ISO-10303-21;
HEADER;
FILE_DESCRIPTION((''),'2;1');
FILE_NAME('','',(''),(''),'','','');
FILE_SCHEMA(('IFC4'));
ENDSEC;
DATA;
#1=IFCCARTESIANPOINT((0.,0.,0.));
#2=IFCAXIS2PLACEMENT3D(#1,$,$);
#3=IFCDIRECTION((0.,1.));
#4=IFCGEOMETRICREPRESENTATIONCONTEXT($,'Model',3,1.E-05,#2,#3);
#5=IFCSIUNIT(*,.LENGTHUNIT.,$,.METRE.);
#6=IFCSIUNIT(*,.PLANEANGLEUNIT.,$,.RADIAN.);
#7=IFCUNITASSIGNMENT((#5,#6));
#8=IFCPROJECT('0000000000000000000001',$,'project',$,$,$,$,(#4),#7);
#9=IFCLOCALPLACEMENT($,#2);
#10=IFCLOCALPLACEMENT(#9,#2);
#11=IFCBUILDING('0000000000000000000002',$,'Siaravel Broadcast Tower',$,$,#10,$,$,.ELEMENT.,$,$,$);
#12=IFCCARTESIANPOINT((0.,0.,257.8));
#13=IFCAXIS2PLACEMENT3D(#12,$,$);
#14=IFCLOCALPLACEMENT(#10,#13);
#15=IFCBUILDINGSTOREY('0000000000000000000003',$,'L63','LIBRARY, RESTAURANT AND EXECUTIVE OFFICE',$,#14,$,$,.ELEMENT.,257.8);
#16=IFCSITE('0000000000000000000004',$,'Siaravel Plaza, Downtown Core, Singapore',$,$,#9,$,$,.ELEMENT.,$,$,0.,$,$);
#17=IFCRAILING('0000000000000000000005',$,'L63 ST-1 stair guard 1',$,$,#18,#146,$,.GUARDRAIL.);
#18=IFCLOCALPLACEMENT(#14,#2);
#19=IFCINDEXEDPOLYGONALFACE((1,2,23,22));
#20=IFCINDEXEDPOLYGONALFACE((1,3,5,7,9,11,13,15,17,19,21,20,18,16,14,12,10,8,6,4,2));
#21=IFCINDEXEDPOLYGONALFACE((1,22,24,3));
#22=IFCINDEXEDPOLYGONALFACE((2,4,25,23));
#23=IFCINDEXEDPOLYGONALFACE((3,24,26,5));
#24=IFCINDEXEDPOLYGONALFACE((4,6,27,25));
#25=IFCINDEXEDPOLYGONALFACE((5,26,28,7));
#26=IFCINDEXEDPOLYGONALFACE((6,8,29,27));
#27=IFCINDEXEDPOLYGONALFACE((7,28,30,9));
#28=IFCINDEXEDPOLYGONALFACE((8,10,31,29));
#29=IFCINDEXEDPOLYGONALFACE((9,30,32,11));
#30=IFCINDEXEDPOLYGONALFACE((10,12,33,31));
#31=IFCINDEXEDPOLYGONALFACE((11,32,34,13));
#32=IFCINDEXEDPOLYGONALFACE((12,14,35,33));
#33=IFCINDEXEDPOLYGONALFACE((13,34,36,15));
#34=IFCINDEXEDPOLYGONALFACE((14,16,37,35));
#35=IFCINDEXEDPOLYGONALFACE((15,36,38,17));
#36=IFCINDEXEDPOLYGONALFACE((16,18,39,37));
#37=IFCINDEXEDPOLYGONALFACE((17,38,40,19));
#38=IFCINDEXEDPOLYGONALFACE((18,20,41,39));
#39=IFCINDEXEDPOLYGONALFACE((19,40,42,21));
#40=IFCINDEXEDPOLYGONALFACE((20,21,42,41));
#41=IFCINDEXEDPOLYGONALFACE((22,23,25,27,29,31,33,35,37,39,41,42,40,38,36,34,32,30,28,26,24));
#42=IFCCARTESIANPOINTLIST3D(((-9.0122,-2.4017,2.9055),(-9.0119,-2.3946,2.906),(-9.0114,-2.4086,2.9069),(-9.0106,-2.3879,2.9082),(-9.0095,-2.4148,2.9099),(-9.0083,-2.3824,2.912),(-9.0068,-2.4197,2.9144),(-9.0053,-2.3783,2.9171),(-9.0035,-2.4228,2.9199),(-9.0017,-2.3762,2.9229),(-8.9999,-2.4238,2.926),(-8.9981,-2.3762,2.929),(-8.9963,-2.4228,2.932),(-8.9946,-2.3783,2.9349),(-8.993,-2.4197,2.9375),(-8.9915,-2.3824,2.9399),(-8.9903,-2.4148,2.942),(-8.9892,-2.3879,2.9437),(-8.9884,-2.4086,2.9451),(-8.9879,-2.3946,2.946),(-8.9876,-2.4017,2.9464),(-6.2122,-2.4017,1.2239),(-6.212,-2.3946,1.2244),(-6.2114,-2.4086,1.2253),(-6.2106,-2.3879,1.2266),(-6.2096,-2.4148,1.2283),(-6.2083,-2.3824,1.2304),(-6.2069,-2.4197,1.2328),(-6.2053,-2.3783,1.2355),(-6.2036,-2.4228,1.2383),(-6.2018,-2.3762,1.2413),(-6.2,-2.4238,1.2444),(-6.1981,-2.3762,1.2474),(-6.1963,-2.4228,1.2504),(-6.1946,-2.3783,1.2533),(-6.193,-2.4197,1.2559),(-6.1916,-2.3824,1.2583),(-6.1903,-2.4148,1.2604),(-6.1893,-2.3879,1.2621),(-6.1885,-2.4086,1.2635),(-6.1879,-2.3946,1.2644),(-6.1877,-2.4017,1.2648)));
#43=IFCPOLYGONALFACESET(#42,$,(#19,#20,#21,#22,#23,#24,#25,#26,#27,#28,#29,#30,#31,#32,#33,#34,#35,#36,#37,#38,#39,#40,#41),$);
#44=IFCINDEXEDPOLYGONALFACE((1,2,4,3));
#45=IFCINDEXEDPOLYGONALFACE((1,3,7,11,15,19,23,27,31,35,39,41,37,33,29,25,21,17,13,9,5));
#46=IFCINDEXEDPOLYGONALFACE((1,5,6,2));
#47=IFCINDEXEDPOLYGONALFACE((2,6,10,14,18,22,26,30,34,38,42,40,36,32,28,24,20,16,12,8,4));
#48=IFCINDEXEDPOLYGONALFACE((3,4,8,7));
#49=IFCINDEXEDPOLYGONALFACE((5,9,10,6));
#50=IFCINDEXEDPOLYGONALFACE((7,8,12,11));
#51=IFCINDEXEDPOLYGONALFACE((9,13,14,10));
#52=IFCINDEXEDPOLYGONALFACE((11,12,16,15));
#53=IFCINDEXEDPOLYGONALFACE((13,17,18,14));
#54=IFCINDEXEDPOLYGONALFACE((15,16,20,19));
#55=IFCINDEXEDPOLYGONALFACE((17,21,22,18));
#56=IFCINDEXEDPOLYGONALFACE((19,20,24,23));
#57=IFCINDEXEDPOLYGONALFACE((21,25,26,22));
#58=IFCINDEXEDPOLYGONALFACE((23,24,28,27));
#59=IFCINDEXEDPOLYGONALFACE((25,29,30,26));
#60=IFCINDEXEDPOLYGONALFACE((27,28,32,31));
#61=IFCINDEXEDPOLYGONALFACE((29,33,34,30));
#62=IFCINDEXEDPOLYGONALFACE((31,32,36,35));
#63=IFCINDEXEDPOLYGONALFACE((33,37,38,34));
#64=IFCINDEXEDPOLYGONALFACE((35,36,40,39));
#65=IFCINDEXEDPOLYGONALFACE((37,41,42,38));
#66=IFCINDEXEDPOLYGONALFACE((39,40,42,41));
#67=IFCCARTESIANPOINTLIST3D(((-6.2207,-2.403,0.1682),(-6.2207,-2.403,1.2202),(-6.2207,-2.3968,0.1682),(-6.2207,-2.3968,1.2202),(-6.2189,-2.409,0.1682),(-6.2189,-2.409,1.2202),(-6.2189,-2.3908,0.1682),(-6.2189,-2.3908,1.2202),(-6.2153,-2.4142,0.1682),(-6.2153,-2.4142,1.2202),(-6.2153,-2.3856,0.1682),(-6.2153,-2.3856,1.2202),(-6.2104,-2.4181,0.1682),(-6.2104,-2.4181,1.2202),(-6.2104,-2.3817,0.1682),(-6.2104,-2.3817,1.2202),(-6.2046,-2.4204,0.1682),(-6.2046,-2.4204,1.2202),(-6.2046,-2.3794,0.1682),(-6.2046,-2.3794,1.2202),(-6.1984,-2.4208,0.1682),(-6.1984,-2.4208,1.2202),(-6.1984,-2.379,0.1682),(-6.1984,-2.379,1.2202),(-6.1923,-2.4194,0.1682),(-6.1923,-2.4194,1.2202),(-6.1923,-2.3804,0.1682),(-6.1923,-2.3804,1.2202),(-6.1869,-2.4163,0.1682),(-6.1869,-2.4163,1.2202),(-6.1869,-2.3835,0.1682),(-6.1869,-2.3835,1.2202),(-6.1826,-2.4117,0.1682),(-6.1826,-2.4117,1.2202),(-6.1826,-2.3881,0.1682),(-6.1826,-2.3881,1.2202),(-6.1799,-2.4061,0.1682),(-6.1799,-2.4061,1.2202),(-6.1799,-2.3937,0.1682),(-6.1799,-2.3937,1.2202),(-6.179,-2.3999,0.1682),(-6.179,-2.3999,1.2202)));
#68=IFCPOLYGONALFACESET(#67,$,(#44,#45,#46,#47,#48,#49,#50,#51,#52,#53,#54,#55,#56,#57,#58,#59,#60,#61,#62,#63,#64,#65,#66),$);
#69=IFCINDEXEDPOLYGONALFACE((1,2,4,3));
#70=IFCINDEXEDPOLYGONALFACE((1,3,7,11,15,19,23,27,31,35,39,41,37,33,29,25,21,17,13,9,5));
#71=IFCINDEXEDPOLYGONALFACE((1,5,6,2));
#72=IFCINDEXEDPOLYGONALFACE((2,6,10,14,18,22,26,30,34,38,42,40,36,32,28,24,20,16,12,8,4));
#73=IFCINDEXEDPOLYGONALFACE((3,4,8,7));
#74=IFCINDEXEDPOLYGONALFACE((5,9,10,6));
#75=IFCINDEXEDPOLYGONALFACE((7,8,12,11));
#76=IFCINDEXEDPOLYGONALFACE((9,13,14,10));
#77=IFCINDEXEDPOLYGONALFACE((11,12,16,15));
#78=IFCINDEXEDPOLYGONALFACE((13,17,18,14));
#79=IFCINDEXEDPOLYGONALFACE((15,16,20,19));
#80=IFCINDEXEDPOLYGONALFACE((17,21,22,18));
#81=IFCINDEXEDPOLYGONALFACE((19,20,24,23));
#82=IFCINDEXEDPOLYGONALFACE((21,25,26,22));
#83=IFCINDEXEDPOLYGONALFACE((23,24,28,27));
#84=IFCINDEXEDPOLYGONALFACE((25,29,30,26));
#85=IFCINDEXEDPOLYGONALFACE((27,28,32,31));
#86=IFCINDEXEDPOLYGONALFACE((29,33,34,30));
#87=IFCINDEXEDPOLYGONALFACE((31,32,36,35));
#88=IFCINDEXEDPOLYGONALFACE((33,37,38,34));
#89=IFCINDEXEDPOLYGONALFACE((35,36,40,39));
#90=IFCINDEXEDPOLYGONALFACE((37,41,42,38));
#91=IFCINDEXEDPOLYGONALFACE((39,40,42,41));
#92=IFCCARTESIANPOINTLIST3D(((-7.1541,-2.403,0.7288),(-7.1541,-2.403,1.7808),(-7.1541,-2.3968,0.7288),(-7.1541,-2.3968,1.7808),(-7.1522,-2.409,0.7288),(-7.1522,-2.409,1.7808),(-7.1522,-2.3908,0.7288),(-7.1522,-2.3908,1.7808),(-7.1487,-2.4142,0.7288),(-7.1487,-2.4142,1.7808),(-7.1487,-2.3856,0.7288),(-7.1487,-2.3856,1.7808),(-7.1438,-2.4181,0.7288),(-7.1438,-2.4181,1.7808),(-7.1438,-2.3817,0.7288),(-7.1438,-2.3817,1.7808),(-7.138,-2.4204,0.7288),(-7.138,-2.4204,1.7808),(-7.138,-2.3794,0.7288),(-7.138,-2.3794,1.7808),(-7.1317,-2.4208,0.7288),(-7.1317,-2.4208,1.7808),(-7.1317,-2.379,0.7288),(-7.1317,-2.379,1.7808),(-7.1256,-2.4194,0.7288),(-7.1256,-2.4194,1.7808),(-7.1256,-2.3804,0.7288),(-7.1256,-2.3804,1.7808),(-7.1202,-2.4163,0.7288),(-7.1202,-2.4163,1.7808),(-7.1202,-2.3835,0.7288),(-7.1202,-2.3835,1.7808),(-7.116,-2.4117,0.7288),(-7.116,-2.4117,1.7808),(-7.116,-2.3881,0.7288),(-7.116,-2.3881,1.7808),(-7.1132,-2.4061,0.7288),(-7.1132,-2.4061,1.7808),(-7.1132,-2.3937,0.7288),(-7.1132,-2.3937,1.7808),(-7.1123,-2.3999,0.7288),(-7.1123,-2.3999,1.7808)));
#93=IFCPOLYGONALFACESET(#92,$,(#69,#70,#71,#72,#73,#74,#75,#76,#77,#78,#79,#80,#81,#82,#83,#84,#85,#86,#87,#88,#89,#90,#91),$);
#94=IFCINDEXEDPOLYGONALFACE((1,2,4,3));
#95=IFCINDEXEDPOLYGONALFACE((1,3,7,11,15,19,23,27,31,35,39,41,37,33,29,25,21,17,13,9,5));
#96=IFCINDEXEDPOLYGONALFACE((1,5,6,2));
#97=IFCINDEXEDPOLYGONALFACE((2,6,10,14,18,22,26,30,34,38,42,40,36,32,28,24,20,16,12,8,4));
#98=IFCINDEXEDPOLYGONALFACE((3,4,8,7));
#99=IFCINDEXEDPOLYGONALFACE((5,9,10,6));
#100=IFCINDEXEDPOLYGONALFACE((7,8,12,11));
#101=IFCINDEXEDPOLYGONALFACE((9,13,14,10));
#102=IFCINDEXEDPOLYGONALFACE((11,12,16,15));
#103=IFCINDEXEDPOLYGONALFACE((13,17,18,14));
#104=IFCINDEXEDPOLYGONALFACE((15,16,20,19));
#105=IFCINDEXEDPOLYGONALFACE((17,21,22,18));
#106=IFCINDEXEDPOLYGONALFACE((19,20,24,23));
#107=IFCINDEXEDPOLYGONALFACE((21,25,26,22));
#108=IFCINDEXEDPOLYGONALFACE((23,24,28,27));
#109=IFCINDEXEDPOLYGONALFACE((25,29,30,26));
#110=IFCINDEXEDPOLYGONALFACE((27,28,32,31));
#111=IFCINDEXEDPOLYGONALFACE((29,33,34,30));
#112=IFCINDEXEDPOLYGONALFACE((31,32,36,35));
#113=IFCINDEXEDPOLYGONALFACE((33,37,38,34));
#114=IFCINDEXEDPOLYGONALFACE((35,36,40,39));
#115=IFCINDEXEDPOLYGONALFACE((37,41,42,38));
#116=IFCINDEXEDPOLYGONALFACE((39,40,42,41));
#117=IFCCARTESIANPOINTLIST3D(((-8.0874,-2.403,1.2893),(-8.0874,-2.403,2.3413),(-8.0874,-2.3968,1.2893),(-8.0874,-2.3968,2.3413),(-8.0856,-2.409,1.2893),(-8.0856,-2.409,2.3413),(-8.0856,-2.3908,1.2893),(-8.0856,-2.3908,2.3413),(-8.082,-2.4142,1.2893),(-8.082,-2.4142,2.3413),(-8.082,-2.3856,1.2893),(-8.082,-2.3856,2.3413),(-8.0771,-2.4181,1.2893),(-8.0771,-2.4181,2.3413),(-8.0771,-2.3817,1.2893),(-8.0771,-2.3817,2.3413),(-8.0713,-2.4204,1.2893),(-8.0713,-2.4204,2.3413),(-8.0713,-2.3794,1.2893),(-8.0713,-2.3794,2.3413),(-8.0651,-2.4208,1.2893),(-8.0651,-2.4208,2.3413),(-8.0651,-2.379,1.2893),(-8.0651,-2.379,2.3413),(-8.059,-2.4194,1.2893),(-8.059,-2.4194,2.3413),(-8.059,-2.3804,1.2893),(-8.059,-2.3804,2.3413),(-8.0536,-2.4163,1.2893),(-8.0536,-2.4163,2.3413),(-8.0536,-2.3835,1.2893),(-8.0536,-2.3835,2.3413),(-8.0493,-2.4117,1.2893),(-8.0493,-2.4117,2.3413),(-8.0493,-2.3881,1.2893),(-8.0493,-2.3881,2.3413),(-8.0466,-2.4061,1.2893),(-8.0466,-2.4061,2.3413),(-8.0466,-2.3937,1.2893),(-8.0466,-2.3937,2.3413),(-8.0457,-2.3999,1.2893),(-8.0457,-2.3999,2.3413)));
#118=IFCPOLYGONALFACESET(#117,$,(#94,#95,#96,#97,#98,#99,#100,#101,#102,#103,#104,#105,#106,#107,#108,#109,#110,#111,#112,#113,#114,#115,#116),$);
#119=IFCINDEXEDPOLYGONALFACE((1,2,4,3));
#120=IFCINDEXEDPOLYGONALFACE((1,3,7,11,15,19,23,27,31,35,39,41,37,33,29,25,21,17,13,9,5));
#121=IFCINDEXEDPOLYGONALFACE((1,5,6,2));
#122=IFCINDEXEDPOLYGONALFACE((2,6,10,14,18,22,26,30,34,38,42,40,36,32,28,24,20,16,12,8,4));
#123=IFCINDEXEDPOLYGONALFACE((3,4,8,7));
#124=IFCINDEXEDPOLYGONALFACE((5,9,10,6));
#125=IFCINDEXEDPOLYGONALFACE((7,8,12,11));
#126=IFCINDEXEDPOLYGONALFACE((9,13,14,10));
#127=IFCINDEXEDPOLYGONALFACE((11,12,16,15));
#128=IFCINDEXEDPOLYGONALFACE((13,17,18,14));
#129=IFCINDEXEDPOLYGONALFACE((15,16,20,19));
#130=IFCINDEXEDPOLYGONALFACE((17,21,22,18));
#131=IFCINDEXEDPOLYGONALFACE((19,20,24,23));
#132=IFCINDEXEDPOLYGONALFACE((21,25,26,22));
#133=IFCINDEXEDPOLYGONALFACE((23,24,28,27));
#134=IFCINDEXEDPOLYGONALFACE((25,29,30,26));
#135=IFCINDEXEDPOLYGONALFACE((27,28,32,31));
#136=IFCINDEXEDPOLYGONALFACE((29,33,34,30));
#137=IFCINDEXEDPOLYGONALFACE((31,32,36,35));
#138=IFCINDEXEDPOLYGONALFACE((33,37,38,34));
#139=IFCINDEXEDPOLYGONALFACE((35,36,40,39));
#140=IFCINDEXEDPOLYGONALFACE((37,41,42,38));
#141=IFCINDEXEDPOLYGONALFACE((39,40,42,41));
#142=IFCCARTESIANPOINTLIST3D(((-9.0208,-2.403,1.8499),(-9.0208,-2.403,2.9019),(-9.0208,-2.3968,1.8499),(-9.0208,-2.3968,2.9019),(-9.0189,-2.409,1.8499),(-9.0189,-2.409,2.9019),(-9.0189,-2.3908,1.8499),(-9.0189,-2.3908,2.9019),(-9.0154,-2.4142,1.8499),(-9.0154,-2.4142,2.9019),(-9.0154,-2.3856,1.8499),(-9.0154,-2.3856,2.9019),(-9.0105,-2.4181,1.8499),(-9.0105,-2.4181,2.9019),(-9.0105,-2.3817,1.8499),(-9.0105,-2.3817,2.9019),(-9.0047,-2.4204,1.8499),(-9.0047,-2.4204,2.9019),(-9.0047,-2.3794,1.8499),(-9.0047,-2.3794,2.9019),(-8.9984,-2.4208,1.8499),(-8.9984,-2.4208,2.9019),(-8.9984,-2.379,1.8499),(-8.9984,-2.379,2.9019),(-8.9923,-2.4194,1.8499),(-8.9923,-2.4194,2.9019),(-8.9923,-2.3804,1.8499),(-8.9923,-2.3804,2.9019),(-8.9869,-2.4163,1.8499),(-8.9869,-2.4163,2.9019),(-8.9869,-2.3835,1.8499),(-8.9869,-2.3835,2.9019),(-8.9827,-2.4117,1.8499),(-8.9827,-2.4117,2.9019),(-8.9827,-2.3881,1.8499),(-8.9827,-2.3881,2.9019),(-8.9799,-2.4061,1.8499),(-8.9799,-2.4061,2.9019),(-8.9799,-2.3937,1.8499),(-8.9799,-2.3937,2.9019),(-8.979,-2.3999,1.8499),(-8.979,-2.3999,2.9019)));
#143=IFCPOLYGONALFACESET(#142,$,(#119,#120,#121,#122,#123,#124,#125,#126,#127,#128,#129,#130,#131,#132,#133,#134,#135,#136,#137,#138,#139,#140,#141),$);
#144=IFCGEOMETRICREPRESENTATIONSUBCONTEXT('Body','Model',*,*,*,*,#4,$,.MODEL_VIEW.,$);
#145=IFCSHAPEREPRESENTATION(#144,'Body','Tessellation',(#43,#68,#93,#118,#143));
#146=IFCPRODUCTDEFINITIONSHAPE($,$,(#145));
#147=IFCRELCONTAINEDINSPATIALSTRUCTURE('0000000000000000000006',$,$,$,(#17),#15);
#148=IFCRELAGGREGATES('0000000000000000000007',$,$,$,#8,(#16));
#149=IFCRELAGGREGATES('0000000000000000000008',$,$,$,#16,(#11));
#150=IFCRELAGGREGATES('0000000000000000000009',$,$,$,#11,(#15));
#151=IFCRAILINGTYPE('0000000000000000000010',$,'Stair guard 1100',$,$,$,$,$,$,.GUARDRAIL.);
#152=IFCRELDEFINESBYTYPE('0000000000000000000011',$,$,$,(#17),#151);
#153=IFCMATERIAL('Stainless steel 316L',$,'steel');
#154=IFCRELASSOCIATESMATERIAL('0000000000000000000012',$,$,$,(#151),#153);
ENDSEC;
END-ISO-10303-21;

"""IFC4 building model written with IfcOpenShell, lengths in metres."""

from ifc_helpers import new_model, si_unit, direction, frame, origin, origin_2d, place, context, subcontext, project, spatial, circle, extrude, material, type_object, element, save


model = new_model("IFC4")

# Units and contexts
model_context = context("Model", 3, precision=1e-05, world=origin(), true_north=direction((0.0, 1.0)))
body_context = subcontext(model_context, "Body", "Model", "MODEL_VIEW")
ifc_project = project(units=[si_unit("LENGTHUNIT", "METRE"), si_unit("PLANEANGLEUNIT", "RADIAN")], contexts=[model_context])

# Site, building, storey
site_placement = place(None, origin())
site = spatial("IfcSite", under=ifc_project, at=site_placement, Name="Siaravel Plaza, Downtown Core, Singapore", CompositionType="ELEMENT", RefElevation=0.0)
building_placement = place(site_placement, origin())
building = spatial("IfcBuilding", under=site, at=building_placement, Name="Siaravel Broadcast Tower", CompositionType="ELEMENT")
storey_placement = place(building_placement, frame((0.0, 0.0, 257.8)))
storey = spatial("IfcBuildingStorey", under=building, at=storey_placement, Name="L63", Description="LIBRARY, RESTAURANT AND EXECUTIVE OFFICE", CompositionType="ELEMENT", Elevation=257.8)

# Shared definitions
ifc_material_1 = material(Name="Stainless steel 316L", Category="steel")

# Railing
railing_type_1 = type_object("IfcRailingType", Name="Stair guard 1100", PredefinedType="GUARDRAIL", material=ifc_material_1)
railing_1_placement = place(storey_placement, frame((-6.2, -2.3999, 0.1682)))
element("IfcRailing", 1, at=railing_1_placement, inside=storey, type_object=railing_type_1, Name="L63 ST-1 stair guard 1", PredefinedType="GUARDRAIL", context=body_context, shape_type="SweptSolid", body=[
    extrude(circle(Radius=0.0239, at=origin_2d()), frame((0.0, 0.0, 1.0762), z_axis=(-0.857275, 0.0, 0.514858), x_axis=(0.0, -1.0, 0.0)), (0.0, 0.0, 1.0), 3.2661),
    extrude(circle(Radius=0.021, at=origin_2d()), origin(), (0.0, 0.0, 1.0), 1.052),
    extrude(circle(Radius=0.021, at=origin_2d()), frame((-0.9333, 0.0, 0.5605)), (0.0, 0.0, 1.0), 1.052),
    extrude(circle(Radius=0.021, at=origin_2d()), frame((-1.8667, 0.0, 1.1211)), (0.0, 0.0, 1.0), 1.052),
    extrude(circle(Radius=0.021, at=origin_2d()), frame((-2.8, 0.0, 1.6816)), (0.0, 0.0, 1.0), 1.052),
])

save(model, "model.ifc")
